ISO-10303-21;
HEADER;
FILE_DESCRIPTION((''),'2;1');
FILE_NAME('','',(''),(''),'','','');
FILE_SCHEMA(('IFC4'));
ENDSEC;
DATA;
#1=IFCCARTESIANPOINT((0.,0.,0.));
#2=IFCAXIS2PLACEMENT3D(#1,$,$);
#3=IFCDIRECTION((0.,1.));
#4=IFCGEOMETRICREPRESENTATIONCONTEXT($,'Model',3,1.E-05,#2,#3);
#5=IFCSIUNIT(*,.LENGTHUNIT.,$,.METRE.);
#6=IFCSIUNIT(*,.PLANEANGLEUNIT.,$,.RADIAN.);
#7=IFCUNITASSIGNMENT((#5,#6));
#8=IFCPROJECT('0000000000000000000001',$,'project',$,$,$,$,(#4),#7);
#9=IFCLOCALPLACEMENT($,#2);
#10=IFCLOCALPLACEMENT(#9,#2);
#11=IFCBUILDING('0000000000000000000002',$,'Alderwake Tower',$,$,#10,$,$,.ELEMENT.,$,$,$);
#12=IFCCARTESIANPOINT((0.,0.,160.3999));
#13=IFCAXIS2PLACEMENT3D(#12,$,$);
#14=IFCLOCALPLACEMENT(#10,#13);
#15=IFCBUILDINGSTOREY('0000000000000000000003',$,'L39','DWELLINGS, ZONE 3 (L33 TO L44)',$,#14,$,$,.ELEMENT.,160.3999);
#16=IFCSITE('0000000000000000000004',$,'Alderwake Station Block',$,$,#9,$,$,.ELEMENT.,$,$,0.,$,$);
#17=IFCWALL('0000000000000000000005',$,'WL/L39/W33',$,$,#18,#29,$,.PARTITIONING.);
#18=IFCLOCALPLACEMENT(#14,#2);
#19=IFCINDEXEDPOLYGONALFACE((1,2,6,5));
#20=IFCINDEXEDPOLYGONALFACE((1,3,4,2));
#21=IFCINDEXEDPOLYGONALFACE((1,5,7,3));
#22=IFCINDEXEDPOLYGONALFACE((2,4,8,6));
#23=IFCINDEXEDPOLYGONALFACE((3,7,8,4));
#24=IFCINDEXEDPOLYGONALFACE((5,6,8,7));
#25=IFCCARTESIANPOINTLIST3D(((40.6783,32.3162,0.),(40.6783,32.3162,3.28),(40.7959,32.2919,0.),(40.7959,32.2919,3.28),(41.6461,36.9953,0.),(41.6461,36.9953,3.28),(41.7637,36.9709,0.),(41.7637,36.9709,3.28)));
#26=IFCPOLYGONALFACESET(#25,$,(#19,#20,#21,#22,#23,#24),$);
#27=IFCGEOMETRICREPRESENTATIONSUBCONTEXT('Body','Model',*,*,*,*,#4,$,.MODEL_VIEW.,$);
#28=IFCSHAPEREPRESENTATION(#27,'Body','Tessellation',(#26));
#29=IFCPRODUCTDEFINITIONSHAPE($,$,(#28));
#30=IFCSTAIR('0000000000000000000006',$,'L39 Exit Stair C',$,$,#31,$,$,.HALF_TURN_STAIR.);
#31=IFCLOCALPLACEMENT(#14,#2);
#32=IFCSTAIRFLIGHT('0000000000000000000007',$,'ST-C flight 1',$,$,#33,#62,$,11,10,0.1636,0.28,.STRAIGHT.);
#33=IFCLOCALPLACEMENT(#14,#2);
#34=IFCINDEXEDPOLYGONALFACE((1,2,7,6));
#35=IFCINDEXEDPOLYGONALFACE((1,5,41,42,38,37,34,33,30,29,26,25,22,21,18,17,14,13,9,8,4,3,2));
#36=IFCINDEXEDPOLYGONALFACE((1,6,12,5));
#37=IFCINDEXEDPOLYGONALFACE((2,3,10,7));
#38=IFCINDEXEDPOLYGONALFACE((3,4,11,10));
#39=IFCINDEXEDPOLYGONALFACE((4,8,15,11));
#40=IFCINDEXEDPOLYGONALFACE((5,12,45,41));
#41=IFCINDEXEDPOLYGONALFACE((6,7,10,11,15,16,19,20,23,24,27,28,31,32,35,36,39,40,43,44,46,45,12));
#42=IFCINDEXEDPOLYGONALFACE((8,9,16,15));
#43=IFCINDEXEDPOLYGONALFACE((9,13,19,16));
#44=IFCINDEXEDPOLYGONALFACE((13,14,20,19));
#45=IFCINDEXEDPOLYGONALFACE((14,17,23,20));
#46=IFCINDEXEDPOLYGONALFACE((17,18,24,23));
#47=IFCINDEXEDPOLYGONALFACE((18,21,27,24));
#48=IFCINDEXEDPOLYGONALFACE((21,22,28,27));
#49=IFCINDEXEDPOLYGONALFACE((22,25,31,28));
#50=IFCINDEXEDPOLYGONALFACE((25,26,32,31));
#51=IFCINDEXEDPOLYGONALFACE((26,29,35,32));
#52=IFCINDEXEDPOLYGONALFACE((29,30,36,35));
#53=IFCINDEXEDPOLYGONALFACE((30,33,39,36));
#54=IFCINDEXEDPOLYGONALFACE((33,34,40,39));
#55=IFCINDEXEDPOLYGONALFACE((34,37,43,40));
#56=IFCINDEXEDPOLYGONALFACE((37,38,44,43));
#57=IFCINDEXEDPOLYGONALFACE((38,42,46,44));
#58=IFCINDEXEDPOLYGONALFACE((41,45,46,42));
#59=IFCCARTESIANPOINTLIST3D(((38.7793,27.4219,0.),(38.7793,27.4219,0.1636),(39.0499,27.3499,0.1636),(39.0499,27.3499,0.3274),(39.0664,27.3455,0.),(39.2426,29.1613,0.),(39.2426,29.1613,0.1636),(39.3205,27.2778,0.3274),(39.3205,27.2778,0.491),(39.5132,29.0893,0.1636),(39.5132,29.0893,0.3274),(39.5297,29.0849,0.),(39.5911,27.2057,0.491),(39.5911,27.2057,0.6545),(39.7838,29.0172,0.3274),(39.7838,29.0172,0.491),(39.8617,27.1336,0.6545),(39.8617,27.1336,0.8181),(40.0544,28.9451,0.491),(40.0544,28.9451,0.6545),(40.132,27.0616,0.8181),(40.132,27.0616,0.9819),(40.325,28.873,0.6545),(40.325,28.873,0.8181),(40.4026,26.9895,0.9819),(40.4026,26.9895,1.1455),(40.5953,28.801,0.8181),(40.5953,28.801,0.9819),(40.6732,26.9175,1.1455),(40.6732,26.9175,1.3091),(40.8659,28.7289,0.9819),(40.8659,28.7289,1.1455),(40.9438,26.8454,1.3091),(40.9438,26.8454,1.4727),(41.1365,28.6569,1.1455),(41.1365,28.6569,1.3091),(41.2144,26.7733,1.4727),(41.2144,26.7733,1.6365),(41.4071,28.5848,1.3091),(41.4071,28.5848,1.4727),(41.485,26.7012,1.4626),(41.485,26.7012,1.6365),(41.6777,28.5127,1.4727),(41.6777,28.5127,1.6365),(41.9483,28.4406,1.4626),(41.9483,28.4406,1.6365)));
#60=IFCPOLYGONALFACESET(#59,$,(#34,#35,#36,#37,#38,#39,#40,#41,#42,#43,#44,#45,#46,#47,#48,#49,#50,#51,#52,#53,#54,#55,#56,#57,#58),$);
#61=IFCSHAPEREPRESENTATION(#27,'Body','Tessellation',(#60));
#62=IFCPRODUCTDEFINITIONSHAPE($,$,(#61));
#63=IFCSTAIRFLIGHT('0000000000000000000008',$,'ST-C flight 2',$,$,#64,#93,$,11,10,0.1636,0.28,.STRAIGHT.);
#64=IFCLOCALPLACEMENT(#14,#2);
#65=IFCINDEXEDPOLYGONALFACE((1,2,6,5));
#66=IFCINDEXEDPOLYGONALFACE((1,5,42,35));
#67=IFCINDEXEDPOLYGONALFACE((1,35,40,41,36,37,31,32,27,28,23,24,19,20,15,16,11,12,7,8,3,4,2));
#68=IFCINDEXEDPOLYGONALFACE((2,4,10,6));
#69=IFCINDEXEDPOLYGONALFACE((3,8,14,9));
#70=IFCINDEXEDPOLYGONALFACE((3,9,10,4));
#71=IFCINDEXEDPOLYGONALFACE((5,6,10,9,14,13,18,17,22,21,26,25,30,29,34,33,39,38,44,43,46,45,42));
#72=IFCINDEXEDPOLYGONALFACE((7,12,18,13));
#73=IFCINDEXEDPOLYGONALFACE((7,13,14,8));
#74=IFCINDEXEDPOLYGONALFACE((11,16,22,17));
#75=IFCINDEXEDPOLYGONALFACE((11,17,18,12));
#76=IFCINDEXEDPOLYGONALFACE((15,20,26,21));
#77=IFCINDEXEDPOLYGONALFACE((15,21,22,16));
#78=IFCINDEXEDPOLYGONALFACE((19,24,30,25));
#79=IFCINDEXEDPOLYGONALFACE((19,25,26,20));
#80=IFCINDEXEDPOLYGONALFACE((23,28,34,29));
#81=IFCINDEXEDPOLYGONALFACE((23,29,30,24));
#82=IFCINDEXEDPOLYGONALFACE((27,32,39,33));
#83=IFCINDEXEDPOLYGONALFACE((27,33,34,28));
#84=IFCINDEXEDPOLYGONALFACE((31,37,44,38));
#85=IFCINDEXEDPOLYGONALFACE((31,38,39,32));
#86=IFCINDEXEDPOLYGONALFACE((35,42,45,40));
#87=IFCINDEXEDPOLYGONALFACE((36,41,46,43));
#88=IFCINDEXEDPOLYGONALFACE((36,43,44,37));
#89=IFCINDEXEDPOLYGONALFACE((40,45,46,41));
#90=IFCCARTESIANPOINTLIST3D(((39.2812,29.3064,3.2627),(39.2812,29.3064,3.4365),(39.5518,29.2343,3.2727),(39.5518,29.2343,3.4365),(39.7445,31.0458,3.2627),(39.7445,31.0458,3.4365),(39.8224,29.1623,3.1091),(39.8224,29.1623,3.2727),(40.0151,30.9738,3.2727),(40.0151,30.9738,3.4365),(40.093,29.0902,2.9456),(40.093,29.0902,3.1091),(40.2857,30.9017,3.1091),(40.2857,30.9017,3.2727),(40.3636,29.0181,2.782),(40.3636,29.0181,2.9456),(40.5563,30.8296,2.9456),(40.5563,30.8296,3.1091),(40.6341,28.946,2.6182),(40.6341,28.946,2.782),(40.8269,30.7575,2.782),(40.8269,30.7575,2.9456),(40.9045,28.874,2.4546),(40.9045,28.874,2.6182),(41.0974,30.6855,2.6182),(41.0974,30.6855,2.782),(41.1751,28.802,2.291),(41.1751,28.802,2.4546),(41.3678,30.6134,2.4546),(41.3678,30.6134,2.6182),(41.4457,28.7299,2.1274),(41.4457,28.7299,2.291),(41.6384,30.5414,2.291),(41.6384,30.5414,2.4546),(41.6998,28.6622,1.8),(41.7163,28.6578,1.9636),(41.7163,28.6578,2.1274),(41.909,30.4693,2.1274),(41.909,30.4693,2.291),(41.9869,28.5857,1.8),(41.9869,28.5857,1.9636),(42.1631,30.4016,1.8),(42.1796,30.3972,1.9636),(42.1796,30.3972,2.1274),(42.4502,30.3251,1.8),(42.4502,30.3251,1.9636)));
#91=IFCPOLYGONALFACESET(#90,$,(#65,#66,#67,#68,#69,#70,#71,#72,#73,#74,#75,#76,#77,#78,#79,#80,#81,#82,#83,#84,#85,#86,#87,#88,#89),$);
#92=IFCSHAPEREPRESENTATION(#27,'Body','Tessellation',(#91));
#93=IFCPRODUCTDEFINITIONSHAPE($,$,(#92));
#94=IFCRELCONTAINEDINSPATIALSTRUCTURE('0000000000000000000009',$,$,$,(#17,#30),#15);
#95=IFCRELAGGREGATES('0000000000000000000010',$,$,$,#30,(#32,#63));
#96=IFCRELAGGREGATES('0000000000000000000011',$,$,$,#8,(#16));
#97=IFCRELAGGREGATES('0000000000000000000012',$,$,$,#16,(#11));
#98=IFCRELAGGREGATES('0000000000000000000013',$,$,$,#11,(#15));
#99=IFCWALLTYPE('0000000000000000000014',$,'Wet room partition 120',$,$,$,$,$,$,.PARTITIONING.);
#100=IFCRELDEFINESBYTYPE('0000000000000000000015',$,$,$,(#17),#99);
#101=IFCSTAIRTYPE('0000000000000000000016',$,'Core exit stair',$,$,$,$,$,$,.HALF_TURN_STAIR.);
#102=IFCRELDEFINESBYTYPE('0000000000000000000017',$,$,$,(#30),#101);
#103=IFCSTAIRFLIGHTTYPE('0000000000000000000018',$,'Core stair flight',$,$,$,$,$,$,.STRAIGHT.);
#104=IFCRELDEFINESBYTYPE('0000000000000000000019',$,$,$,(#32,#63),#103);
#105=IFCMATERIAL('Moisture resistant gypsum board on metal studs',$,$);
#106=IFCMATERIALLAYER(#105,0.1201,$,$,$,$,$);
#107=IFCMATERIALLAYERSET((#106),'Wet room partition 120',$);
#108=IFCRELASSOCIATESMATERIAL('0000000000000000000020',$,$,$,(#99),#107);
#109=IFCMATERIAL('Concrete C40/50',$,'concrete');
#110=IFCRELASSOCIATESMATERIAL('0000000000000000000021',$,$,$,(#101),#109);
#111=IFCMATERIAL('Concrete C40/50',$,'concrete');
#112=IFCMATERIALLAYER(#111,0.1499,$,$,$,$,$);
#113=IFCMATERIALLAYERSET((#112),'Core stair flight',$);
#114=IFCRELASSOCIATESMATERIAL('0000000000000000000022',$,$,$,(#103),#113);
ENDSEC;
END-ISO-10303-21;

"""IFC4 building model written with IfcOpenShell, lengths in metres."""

from ifc_helpers import new_model, si_unit, direction, frame, frame_2d, origin, place, context, subcontext, project, spatial, polyline, rectangle, outline, extrude, material, layer, layer_set, type_object, element, aggregate, save


model = new_model("IFC4")

# Units and contexts
model_context = context("Model", 3, precision=1e-05, world=origin(), true_north=direction((0.0, 1.0)))
body_context = subcontext(model_context, "Body", "Model", "MODEL_VIEW")
ifc_project = project(units=[si_unit("LENGTHUNIT", "METRE"), si_unit("PLANEANGLEUNIT", "RADIAN")], contexts=[model_context])

# Site, building, storey
site_placement = place(None, origin())
site = spatial("IfcSite", under=ifc_project, at=site_placement, Name="Alderwake Station Block", CompositionType="ELEMENT", RefElevation=0.0)
building_placement = place(site_placement, origin())
building = spatial("IfcBuilding", under=site, at=building_placement, Name="Alderwake Tower", CompositionType="ELEMENT")
storey_placement = place(building_placement, frame((0.0, 0.0, 160.3999)))
storey = spatial("IfcBuildingStorey", under=building, at=storey_placement, Name="L39", Description="DWELLINGS, ZONE 3 (L33 TO L44)", CompositionType="ELEMENT", Elevation=160.3999)

# Wall
ifc_material_1 = material(Name="Moisture resistant gypsum board on metal studs")
ifc_layer_1 = layer(ifc_material_1, 0.1201)
ifc_layer_set_1 = layer_set([ifc_layer_1], Name="Wet room partition 120")
wall_type_1 = type_object("IfcWallType", Name="Wet room partition 120", PredefinedType="PARTITIONING", material=ifc_layer_set_1)
wall_1_placement = place(storey_placement, frame((40.7371, 32.304, 0.0), z_axis=(0.0, 0.0, 1.0), x_axis=(0.202548, 0.979272, 0.0)))
element("IfcWall", 1, at=wall_1_placement, inside=storey, type_object=wall_type_1, Name="WL/L39/W33", PredefinedType="PARTITIONING", context=body_context, shape_type="SweptSolid", body=[
    extrude(rectangle(XDim=4.7781, YDim=0.1201, at=frame_2d((2.3892, 0.0))), origin(), (0.0, 0.0, 1.0), 3.28),
])

# Stair, stair flights
ifc_material_2 = material(Name="Concrete C40/50", Category="concrete")
stair_type = type_object("IfcStairType", Name="Core exit stair", PredefinedType="HALF_TURN_STAIR", material=ifc_material_2)
stair_placement = place(storey_placement, origin())
stair = element("IfcStair", 2, at=stair_placement, inside=storey, type_object=stair_type, Name="L39 Exit Stair C", PredefinedType="HALF_TURN_STAIR")
ifc_material_3 = material(Name="Concrete C40/50", Category="concrete")
ifc_layer_2 = layer(ifc_material_3, 0.1499)
ifc_layer_set_2 = layer_set([ifc_layer_2], Name="Core stair flight")
stair_flight_type = type_object("IfcStairFlightType", Name="Core stair flight", PredefinedType="STRAIGHT", material=ifc_layer_set_2)
stair_flight_1_placement = place(storey_placement, frame((39.011, 28.2917, 0.0), z_axis=(0.0, 0.0, 1.0), x_axis=(0.96631, -0.257382, 0.0)))
stair_flight_1 = element("IfcStairFlight", 3, at=stair_flight_1_placement, type_object=stair_flight_type, Name="ST-C flight 1", NumberOfRisers=11, NumberOfTreads=10, PredefinedType="STRAIGHT", RiserHeight=0.1636, TreadLength=0.28, context=body_context, shape_type="SweptSolid", body=[
    extrude(outline(polyline([(0.0, 0.0), (0.0, 0.1636), (0.28, 0.1636), (0.28, 0.3274), (0.5601, 0.3274), (0.5601, 0.491), (0.8401, 0.491), (0.8401, 0.6545), (1.1201, 0.6545), (1.1201, 0.8181), (1.3999, 0.8181), (1.3999, 0.9819), (1.6799, 0.9819), (1.6799, 1.1455), (1.96, 1.1455), (1.96, 1.3091), (2.24, 1.3091), (2.24, 1.4727), (2.52, 1.4727), (2.52, 1.6365), (2.8, 1.6365), (2.8, 1.8), (2.8, 1.4626), (0.2971, 0.0), (0.0, 0.0)])), frame((0.0, 0.8999, 0.0), z_axis=(0.0, -1.0, 0.0), x_axis=(1.0, 0.0, 0.0)), (0.0, 0.0, 1.0), 1.8),
])
stair_flight_2_placement = place(storey_placement, frame((42.2185, 29.4553, 1.8), z_axis=(0.0, 0.0, 1.0), x_axis=(-0.96631, 0.257382, 0.0)))
stair_flight_2 = element("IfcStairFlight", 4, at=stair_flight_2_placement, type_object=stair_flight_type, Name="ST-C flight 2", NumberOfRisers=11, NumberOfTreads=10, PredefinedType="STRAIGHT", RiserHeight=0.1636, TreadLength=0.28, context=body_context, shape_type="SweptSolid", body=[
    extrude(outline(polyline([(0.0, 0.0), (0.0, 0.1636), (0.28, 0.1636), (0.28, 0.3274), (0.5601, 0.3274), (0.5601, 0.491), (0.8401, 0.491), (0.8401, 0.6545), (1.1201, 0.6545), (1.1201, 0.8181), (1.3999, 0.8181), (1.3999, 0.9819), (1.6799, 0.9819), (1.6799, 1.1455), (1.96, 1.1455), (1.96, 1.3091), (2.24, 1.3091), (2.24, 1.4727), (2.52, 1.4727), (2.52, 1.6365), (2.8, 1.6365), (2.8, 1.8), (2.8, 1.4626), (0.2971, 0.0), (0.0, 0.0)])), frame((0.0, 0.8999, 0.0), z_axis=(0.0, -1.0, 0.0), x_axis=(1.0, 0.0, 0.0)), (0.0, 0.0, 1.0), 1.8),
])
aggregate(stair, [stair_flight_1, stair_flight_2])

save(model, "model.ifc")
